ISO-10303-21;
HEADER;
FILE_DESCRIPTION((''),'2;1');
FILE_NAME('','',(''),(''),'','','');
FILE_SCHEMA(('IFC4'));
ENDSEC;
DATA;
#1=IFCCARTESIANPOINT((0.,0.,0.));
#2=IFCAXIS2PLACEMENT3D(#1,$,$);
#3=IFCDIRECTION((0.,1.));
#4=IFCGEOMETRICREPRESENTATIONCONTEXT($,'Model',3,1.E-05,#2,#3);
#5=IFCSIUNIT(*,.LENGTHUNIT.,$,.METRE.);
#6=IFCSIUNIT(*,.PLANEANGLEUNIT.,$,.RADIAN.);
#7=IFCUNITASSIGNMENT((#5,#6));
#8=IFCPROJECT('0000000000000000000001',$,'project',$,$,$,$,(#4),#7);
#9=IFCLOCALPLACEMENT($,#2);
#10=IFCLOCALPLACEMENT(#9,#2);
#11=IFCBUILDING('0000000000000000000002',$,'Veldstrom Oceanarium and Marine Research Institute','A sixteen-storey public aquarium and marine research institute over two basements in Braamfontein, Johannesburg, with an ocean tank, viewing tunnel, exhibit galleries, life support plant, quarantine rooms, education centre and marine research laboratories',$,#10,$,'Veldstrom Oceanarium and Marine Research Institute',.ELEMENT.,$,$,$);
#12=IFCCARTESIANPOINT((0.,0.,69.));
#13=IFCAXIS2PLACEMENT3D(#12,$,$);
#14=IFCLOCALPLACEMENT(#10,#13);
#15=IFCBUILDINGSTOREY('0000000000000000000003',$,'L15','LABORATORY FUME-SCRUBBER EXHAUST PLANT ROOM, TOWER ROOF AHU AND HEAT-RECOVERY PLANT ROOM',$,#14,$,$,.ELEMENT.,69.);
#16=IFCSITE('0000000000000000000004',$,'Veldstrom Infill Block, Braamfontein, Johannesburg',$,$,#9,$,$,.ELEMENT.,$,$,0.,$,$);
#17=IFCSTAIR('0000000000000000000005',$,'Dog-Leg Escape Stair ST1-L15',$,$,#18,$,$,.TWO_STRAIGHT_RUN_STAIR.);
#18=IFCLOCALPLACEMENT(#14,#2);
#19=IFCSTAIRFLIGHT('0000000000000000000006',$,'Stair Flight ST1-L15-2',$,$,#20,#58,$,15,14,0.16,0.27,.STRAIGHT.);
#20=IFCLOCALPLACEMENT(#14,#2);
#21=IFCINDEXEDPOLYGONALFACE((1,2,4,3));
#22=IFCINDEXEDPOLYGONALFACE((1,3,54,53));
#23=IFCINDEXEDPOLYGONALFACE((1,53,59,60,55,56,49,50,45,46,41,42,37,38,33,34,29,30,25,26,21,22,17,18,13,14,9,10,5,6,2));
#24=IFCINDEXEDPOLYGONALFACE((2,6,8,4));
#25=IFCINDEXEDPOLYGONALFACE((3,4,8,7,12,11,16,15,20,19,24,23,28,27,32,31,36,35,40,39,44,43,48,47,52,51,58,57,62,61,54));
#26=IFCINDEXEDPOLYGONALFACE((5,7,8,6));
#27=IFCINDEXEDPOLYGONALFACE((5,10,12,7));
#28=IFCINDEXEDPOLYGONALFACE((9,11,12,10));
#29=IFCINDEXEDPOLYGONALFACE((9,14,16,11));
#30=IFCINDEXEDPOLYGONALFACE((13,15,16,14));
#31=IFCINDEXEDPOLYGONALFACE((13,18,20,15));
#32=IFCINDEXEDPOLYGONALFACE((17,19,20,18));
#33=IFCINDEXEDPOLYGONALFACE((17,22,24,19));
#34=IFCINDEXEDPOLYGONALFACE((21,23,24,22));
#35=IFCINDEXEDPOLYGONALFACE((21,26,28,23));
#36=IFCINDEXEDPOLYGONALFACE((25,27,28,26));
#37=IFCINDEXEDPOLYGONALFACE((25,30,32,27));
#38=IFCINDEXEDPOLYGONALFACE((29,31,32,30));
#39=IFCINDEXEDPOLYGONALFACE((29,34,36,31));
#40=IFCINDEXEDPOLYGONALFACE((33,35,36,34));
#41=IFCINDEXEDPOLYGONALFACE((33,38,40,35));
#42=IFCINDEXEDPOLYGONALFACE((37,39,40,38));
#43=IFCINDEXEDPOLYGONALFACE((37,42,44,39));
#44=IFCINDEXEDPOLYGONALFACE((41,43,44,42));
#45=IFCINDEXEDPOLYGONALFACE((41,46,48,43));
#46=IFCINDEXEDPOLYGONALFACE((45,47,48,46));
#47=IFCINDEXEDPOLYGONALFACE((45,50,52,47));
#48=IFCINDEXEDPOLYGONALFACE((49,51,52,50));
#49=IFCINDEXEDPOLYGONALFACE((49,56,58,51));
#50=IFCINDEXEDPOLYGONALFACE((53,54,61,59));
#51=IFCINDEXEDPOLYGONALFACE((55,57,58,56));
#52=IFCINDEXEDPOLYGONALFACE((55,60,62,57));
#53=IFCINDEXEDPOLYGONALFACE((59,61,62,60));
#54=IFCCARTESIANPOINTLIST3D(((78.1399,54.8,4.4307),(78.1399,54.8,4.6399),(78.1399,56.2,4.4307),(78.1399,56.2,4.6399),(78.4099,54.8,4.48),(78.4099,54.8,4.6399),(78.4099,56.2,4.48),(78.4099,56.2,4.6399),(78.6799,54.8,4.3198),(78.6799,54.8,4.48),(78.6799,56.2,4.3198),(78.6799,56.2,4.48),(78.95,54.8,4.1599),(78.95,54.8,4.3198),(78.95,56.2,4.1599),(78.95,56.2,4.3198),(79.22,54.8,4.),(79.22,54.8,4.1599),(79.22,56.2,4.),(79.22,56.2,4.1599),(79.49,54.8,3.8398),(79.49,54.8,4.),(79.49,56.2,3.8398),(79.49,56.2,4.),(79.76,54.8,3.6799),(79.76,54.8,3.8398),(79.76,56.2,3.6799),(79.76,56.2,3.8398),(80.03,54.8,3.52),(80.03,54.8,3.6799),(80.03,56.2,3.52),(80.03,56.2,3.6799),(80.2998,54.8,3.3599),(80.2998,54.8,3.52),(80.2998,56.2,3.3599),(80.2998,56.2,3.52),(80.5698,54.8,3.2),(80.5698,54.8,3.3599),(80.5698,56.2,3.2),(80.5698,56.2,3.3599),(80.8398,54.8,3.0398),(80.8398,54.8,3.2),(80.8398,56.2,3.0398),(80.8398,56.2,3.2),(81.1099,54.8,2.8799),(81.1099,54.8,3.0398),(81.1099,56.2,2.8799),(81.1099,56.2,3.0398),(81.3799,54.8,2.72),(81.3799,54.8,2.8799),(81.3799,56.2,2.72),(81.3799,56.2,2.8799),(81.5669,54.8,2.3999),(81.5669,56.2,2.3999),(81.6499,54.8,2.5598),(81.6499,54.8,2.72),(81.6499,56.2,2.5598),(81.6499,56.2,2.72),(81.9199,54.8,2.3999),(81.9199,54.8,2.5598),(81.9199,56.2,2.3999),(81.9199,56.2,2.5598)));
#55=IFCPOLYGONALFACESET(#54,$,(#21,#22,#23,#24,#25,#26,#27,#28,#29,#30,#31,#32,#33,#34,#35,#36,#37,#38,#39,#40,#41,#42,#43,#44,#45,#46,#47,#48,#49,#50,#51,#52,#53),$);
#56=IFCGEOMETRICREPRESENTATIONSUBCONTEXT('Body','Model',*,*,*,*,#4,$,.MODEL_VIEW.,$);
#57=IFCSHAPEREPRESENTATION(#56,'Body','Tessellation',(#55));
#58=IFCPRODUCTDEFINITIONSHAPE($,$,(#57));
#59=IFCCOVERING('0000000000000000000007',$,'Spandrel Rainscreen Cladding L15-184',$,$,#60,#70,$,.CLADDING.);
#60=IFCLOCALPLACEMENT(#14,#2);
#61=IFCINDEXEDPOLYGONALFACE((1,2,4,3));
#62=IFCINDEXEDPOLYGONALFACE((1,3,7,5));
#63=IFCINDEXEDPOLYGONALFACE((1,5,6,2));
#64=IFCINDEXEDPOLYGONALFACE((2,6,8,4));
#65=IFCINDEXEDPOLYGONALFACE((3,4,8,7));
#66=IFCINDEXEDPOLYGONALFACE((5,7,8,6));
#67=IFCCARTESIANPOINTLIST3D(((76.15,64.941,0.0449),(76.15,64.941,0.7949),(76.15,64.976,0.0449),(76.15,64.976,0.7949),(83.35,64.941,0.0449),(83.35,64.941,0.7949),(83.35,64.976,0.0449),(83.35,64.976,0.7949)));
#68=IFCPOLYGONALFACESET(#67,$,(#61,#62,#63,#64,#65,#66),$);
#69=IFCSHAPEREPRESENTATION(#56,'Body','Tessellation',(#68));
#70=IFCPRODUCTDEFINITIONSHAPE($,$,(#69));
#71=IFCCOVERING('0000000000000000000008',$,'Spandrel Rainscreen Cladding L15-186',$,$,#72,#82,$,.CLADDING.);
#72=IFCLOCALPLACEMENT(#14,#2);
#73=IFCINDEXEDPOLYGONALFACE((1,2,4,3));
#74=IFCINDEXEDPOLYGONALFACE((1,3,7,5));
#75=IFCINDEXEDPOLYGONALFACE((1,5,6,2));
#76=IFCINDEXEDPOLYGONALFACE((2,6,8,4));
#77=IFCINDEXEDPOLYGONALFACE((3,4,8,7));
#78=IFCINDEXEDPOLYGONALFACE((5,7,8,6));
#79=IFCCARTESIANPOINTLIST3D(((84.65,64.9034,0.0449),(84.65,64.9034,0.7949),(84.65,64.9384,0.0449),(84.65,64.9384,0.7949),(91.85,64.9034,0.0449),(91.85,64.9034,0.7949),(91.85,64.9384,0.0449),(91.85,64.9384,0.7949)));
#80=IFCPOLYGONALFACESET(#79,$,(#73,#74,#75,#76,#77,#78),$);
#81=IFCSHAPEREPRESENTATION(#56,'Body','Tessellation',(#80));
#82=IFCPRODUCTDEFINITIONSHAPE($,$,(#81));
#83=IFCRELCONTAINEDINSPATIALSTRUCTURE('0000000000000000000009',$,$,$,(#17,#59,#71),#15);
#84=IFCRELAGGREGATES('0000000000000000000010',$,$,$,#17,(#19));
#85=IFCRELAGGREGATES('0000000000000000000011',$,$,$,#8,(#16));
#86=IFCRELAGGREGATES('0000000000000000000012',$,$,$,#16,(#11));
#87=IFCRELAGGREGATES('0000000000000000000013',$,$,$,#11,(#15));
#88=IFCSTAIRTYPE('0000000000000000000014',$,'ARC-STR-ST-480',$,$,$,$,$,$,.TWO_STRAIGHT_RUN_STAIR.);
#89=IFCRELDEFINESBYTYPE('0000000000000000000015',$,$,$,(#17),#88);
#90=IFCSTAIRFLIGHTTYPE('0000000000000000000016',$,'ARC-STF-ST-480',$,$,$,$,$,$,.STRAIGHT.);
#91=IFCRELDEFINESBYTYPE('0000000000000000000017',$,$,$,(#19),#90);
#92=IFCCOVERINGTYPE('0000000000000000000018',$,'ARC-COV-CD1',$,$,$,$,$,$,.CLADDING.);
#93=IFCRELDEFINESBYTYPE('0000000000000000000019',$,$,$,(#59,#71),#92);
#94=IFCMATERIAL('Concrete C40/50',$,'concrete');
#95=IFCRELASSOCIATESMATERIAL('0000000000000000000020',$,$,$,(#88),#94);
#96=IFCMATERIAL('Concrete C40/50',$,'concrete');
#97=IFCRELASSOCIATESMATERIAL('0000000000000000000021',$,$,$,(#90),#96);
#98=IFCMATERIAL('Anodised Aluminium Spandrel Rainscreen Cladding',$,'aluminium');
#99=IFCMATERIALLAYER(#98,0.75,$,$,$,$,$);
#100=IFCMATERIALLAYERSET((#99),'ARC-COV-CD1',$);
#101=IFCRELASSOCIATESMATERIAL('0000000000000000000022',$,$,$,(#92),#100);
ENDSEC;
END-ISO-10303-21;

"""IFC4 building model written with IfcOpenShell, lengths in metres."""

from ifc_helpers import new_model, si_unit, direction, frame, origin, origin_2d, place, context, subcontext, project, spatial, polyline, rectangle, outline, extrude, material, layer, layer_set, type_object, element, aggregate, save


model = new_model("IFC4")

# Units and contexts
model_context = context("Model", 3, precision=1e-05, world=origin(), true_north=direction((0.0, 1.0)))
body_context = subcontext(model_context, "Body", "Model", "MODEL_VIEW")
ifc_project = project(units=[si_unit("LENGTHUNIT", "METRE"), si_unit("PLANEANGLEUNIT", "RADIAN")], contexts=[model_context])

# Site, building, storey
site_placement = place(None, origin())
site = spatial("IfcSite", under=ifc_project, at=site_placement, Name="Veldstrom Infill Block, Braamfontein, Johannesburg", CompositionType="ELEMENT", RefElevation=0.0)
building_placement = place(site_placement, origin())
building = spatial("IfcBuilding", under=site, at=building_placement, Name="Veldstrom Oceanarium and Marine Research Institute", Description="A sixteen-storey public aquarium and marine research institute over two basements in Braamfontein, Johannesburg, with an ocean tank, viewing tunnel, exhibit galleries, life support plant, quarantine rooms, education centre and marine research laboratories", LongName="Veldstrom Oceanarium and Marine Research Institute", CompositionType="ELEMENT")
storey_placement = place(building_placement, frame((0.0, 0.0, 69.0)))
storey = spatial("IfcBuildingStorey", under=building, at=storey_placement, Name="L15", Description="LABORATORY FUME-SCRUBBER EXHAUST PLANT ROOM, TOWER ROOF AHU AND HEAT-RECOVERY PLANT ROOM", CompositionType="ELEMENT", Elevation=69.0)

# Stair, stair flight
ifc_material_1 = material(Name="Concrete C40/50", Category="concrete")
stair_type = type_object("IfcStairType", Name="ARC-STR-ST-480", PredefinedType="TWO_STRAIGHT_RUN_STAIR", material=ifc_material_1)
stair_placement = place(storey_placement, origin())
stair = element("IfcStair", 1, at=stair_placement, inside=storey, type_object=stair_type, Name="Dog-Leg Escape Stair ST1-L15", PredefinedType="TWO_STRAIGHT_RUN_STAIR")
ifc_material_2 = material(Name="Concrete C40/50", Category="concrete")
stair_flight_type = type_object("IfcStairFlightType", Name="ARC-STF-ST-480", PredefinedType="STRAIGHT", material=ifc_material_2)
stair_flight_placement = place(storey_placement, frame((81.9199, 55.5, 2.3999), z_axis=(0.0, 0.0, 1.0), x_axis=(-1.0, 0.0, 0.0)))
stair_flight = element("IfcStairFlight", 2, at=stair_flight_placement, type_object=stair_flight_type, Name="Stair Flight ST1-L15-2", NumberOfRisers=15, NumberOfTreads=14, PredefinedType="STRAIGHT", RiserHeight=0.16, TreadLength=0.27, context=body_context, shape_type="SweptSolid", body=[
    extrude(outline(polyline([(0.0, 0.0), (0.0, 0.1599), (0.27, 0.1599), (0.27, 0.3201), (0.54, 0.3201), (0.54, 0.48), (0.8101, 0.48), (0.8101, 0.6399), (1.0801, 0.6399), (1.0801, 0.8), (1.3501, 0.8), (1.3501, 0.96), (1.6201, 0.96), (1.6201, 1.1201), (1.8899, 1.1201), (1.8899, 1.28), (2.1599, 1.28), (2.1599, 1.4399), (2.4299, 1.4399), (2.4299, 1.6001), (2.7, 1.6001), (2.7, 1.76), (2.97, 1.76), (2.97, 1.9199), (3.24, 1.9199), (3.24, 2.0801), (3.51, 2.0801), (3.51, 2.24), (3.78, 2.24), (3.78, 2.3999), (3.78, 2.0308), (0.353, 0.0), (0.0, 0.0)])), frame((0.0, 0.7, 0.0), z_axis=(0.0, -1.0, 0.0), x_axis=(1.0, 0.0, 0.0)), (0.0, 0.0, 1.0), 1.3999),
])
aggregate(stair, [stair_flight])

# Coverings
ifc_material_3 = material(Name="Anodised Aluminium Spandrel Rainscreen Cladding", Category="aluminium")
ifc_layer_1 = layer(ifc_material_3, 0.75)
ifc_layer_set_1 = layer_set([ifc_layer_1], Name="ARC-COV-CD1")
covering_type = type_object("IfcCoveringType", Name="ARC-COV-CD1", PredefinedType="CLADDING", material=ifc_layer_set_1)
for number, where, z_axis, x_axis, name in (
    (3, (79.75, 64.9585, 0.0449), (0.0, 0.0, 1.0), (1.0, 0.0, 0.0), "Spandrel Rainscreen Cladding L15-184"),
    (4, (88.25, 64.9209, 0.0449), (0.0, 0.0, 1.0), (1.0, 0.0, 0.0), "Spandrel Rainscreen Cladding L15-186"),
):
    element("IfcCovering", number, at=place(storey_placement, frame(where, z_axis=z_axis, x_axis=x_axis)), inside=storey, type_object=covering_type, Name=name, PredefinedType="CLADDING", context=body_context, shape_type="SweptSolid", body=[
        extrude(rectangle(XDim=7.2, YDim=0.0349, at=origin_2d()), origin(), (0.0, 0.0, 1.0), 0.75),
    ])

save(model, "model.ifc")
